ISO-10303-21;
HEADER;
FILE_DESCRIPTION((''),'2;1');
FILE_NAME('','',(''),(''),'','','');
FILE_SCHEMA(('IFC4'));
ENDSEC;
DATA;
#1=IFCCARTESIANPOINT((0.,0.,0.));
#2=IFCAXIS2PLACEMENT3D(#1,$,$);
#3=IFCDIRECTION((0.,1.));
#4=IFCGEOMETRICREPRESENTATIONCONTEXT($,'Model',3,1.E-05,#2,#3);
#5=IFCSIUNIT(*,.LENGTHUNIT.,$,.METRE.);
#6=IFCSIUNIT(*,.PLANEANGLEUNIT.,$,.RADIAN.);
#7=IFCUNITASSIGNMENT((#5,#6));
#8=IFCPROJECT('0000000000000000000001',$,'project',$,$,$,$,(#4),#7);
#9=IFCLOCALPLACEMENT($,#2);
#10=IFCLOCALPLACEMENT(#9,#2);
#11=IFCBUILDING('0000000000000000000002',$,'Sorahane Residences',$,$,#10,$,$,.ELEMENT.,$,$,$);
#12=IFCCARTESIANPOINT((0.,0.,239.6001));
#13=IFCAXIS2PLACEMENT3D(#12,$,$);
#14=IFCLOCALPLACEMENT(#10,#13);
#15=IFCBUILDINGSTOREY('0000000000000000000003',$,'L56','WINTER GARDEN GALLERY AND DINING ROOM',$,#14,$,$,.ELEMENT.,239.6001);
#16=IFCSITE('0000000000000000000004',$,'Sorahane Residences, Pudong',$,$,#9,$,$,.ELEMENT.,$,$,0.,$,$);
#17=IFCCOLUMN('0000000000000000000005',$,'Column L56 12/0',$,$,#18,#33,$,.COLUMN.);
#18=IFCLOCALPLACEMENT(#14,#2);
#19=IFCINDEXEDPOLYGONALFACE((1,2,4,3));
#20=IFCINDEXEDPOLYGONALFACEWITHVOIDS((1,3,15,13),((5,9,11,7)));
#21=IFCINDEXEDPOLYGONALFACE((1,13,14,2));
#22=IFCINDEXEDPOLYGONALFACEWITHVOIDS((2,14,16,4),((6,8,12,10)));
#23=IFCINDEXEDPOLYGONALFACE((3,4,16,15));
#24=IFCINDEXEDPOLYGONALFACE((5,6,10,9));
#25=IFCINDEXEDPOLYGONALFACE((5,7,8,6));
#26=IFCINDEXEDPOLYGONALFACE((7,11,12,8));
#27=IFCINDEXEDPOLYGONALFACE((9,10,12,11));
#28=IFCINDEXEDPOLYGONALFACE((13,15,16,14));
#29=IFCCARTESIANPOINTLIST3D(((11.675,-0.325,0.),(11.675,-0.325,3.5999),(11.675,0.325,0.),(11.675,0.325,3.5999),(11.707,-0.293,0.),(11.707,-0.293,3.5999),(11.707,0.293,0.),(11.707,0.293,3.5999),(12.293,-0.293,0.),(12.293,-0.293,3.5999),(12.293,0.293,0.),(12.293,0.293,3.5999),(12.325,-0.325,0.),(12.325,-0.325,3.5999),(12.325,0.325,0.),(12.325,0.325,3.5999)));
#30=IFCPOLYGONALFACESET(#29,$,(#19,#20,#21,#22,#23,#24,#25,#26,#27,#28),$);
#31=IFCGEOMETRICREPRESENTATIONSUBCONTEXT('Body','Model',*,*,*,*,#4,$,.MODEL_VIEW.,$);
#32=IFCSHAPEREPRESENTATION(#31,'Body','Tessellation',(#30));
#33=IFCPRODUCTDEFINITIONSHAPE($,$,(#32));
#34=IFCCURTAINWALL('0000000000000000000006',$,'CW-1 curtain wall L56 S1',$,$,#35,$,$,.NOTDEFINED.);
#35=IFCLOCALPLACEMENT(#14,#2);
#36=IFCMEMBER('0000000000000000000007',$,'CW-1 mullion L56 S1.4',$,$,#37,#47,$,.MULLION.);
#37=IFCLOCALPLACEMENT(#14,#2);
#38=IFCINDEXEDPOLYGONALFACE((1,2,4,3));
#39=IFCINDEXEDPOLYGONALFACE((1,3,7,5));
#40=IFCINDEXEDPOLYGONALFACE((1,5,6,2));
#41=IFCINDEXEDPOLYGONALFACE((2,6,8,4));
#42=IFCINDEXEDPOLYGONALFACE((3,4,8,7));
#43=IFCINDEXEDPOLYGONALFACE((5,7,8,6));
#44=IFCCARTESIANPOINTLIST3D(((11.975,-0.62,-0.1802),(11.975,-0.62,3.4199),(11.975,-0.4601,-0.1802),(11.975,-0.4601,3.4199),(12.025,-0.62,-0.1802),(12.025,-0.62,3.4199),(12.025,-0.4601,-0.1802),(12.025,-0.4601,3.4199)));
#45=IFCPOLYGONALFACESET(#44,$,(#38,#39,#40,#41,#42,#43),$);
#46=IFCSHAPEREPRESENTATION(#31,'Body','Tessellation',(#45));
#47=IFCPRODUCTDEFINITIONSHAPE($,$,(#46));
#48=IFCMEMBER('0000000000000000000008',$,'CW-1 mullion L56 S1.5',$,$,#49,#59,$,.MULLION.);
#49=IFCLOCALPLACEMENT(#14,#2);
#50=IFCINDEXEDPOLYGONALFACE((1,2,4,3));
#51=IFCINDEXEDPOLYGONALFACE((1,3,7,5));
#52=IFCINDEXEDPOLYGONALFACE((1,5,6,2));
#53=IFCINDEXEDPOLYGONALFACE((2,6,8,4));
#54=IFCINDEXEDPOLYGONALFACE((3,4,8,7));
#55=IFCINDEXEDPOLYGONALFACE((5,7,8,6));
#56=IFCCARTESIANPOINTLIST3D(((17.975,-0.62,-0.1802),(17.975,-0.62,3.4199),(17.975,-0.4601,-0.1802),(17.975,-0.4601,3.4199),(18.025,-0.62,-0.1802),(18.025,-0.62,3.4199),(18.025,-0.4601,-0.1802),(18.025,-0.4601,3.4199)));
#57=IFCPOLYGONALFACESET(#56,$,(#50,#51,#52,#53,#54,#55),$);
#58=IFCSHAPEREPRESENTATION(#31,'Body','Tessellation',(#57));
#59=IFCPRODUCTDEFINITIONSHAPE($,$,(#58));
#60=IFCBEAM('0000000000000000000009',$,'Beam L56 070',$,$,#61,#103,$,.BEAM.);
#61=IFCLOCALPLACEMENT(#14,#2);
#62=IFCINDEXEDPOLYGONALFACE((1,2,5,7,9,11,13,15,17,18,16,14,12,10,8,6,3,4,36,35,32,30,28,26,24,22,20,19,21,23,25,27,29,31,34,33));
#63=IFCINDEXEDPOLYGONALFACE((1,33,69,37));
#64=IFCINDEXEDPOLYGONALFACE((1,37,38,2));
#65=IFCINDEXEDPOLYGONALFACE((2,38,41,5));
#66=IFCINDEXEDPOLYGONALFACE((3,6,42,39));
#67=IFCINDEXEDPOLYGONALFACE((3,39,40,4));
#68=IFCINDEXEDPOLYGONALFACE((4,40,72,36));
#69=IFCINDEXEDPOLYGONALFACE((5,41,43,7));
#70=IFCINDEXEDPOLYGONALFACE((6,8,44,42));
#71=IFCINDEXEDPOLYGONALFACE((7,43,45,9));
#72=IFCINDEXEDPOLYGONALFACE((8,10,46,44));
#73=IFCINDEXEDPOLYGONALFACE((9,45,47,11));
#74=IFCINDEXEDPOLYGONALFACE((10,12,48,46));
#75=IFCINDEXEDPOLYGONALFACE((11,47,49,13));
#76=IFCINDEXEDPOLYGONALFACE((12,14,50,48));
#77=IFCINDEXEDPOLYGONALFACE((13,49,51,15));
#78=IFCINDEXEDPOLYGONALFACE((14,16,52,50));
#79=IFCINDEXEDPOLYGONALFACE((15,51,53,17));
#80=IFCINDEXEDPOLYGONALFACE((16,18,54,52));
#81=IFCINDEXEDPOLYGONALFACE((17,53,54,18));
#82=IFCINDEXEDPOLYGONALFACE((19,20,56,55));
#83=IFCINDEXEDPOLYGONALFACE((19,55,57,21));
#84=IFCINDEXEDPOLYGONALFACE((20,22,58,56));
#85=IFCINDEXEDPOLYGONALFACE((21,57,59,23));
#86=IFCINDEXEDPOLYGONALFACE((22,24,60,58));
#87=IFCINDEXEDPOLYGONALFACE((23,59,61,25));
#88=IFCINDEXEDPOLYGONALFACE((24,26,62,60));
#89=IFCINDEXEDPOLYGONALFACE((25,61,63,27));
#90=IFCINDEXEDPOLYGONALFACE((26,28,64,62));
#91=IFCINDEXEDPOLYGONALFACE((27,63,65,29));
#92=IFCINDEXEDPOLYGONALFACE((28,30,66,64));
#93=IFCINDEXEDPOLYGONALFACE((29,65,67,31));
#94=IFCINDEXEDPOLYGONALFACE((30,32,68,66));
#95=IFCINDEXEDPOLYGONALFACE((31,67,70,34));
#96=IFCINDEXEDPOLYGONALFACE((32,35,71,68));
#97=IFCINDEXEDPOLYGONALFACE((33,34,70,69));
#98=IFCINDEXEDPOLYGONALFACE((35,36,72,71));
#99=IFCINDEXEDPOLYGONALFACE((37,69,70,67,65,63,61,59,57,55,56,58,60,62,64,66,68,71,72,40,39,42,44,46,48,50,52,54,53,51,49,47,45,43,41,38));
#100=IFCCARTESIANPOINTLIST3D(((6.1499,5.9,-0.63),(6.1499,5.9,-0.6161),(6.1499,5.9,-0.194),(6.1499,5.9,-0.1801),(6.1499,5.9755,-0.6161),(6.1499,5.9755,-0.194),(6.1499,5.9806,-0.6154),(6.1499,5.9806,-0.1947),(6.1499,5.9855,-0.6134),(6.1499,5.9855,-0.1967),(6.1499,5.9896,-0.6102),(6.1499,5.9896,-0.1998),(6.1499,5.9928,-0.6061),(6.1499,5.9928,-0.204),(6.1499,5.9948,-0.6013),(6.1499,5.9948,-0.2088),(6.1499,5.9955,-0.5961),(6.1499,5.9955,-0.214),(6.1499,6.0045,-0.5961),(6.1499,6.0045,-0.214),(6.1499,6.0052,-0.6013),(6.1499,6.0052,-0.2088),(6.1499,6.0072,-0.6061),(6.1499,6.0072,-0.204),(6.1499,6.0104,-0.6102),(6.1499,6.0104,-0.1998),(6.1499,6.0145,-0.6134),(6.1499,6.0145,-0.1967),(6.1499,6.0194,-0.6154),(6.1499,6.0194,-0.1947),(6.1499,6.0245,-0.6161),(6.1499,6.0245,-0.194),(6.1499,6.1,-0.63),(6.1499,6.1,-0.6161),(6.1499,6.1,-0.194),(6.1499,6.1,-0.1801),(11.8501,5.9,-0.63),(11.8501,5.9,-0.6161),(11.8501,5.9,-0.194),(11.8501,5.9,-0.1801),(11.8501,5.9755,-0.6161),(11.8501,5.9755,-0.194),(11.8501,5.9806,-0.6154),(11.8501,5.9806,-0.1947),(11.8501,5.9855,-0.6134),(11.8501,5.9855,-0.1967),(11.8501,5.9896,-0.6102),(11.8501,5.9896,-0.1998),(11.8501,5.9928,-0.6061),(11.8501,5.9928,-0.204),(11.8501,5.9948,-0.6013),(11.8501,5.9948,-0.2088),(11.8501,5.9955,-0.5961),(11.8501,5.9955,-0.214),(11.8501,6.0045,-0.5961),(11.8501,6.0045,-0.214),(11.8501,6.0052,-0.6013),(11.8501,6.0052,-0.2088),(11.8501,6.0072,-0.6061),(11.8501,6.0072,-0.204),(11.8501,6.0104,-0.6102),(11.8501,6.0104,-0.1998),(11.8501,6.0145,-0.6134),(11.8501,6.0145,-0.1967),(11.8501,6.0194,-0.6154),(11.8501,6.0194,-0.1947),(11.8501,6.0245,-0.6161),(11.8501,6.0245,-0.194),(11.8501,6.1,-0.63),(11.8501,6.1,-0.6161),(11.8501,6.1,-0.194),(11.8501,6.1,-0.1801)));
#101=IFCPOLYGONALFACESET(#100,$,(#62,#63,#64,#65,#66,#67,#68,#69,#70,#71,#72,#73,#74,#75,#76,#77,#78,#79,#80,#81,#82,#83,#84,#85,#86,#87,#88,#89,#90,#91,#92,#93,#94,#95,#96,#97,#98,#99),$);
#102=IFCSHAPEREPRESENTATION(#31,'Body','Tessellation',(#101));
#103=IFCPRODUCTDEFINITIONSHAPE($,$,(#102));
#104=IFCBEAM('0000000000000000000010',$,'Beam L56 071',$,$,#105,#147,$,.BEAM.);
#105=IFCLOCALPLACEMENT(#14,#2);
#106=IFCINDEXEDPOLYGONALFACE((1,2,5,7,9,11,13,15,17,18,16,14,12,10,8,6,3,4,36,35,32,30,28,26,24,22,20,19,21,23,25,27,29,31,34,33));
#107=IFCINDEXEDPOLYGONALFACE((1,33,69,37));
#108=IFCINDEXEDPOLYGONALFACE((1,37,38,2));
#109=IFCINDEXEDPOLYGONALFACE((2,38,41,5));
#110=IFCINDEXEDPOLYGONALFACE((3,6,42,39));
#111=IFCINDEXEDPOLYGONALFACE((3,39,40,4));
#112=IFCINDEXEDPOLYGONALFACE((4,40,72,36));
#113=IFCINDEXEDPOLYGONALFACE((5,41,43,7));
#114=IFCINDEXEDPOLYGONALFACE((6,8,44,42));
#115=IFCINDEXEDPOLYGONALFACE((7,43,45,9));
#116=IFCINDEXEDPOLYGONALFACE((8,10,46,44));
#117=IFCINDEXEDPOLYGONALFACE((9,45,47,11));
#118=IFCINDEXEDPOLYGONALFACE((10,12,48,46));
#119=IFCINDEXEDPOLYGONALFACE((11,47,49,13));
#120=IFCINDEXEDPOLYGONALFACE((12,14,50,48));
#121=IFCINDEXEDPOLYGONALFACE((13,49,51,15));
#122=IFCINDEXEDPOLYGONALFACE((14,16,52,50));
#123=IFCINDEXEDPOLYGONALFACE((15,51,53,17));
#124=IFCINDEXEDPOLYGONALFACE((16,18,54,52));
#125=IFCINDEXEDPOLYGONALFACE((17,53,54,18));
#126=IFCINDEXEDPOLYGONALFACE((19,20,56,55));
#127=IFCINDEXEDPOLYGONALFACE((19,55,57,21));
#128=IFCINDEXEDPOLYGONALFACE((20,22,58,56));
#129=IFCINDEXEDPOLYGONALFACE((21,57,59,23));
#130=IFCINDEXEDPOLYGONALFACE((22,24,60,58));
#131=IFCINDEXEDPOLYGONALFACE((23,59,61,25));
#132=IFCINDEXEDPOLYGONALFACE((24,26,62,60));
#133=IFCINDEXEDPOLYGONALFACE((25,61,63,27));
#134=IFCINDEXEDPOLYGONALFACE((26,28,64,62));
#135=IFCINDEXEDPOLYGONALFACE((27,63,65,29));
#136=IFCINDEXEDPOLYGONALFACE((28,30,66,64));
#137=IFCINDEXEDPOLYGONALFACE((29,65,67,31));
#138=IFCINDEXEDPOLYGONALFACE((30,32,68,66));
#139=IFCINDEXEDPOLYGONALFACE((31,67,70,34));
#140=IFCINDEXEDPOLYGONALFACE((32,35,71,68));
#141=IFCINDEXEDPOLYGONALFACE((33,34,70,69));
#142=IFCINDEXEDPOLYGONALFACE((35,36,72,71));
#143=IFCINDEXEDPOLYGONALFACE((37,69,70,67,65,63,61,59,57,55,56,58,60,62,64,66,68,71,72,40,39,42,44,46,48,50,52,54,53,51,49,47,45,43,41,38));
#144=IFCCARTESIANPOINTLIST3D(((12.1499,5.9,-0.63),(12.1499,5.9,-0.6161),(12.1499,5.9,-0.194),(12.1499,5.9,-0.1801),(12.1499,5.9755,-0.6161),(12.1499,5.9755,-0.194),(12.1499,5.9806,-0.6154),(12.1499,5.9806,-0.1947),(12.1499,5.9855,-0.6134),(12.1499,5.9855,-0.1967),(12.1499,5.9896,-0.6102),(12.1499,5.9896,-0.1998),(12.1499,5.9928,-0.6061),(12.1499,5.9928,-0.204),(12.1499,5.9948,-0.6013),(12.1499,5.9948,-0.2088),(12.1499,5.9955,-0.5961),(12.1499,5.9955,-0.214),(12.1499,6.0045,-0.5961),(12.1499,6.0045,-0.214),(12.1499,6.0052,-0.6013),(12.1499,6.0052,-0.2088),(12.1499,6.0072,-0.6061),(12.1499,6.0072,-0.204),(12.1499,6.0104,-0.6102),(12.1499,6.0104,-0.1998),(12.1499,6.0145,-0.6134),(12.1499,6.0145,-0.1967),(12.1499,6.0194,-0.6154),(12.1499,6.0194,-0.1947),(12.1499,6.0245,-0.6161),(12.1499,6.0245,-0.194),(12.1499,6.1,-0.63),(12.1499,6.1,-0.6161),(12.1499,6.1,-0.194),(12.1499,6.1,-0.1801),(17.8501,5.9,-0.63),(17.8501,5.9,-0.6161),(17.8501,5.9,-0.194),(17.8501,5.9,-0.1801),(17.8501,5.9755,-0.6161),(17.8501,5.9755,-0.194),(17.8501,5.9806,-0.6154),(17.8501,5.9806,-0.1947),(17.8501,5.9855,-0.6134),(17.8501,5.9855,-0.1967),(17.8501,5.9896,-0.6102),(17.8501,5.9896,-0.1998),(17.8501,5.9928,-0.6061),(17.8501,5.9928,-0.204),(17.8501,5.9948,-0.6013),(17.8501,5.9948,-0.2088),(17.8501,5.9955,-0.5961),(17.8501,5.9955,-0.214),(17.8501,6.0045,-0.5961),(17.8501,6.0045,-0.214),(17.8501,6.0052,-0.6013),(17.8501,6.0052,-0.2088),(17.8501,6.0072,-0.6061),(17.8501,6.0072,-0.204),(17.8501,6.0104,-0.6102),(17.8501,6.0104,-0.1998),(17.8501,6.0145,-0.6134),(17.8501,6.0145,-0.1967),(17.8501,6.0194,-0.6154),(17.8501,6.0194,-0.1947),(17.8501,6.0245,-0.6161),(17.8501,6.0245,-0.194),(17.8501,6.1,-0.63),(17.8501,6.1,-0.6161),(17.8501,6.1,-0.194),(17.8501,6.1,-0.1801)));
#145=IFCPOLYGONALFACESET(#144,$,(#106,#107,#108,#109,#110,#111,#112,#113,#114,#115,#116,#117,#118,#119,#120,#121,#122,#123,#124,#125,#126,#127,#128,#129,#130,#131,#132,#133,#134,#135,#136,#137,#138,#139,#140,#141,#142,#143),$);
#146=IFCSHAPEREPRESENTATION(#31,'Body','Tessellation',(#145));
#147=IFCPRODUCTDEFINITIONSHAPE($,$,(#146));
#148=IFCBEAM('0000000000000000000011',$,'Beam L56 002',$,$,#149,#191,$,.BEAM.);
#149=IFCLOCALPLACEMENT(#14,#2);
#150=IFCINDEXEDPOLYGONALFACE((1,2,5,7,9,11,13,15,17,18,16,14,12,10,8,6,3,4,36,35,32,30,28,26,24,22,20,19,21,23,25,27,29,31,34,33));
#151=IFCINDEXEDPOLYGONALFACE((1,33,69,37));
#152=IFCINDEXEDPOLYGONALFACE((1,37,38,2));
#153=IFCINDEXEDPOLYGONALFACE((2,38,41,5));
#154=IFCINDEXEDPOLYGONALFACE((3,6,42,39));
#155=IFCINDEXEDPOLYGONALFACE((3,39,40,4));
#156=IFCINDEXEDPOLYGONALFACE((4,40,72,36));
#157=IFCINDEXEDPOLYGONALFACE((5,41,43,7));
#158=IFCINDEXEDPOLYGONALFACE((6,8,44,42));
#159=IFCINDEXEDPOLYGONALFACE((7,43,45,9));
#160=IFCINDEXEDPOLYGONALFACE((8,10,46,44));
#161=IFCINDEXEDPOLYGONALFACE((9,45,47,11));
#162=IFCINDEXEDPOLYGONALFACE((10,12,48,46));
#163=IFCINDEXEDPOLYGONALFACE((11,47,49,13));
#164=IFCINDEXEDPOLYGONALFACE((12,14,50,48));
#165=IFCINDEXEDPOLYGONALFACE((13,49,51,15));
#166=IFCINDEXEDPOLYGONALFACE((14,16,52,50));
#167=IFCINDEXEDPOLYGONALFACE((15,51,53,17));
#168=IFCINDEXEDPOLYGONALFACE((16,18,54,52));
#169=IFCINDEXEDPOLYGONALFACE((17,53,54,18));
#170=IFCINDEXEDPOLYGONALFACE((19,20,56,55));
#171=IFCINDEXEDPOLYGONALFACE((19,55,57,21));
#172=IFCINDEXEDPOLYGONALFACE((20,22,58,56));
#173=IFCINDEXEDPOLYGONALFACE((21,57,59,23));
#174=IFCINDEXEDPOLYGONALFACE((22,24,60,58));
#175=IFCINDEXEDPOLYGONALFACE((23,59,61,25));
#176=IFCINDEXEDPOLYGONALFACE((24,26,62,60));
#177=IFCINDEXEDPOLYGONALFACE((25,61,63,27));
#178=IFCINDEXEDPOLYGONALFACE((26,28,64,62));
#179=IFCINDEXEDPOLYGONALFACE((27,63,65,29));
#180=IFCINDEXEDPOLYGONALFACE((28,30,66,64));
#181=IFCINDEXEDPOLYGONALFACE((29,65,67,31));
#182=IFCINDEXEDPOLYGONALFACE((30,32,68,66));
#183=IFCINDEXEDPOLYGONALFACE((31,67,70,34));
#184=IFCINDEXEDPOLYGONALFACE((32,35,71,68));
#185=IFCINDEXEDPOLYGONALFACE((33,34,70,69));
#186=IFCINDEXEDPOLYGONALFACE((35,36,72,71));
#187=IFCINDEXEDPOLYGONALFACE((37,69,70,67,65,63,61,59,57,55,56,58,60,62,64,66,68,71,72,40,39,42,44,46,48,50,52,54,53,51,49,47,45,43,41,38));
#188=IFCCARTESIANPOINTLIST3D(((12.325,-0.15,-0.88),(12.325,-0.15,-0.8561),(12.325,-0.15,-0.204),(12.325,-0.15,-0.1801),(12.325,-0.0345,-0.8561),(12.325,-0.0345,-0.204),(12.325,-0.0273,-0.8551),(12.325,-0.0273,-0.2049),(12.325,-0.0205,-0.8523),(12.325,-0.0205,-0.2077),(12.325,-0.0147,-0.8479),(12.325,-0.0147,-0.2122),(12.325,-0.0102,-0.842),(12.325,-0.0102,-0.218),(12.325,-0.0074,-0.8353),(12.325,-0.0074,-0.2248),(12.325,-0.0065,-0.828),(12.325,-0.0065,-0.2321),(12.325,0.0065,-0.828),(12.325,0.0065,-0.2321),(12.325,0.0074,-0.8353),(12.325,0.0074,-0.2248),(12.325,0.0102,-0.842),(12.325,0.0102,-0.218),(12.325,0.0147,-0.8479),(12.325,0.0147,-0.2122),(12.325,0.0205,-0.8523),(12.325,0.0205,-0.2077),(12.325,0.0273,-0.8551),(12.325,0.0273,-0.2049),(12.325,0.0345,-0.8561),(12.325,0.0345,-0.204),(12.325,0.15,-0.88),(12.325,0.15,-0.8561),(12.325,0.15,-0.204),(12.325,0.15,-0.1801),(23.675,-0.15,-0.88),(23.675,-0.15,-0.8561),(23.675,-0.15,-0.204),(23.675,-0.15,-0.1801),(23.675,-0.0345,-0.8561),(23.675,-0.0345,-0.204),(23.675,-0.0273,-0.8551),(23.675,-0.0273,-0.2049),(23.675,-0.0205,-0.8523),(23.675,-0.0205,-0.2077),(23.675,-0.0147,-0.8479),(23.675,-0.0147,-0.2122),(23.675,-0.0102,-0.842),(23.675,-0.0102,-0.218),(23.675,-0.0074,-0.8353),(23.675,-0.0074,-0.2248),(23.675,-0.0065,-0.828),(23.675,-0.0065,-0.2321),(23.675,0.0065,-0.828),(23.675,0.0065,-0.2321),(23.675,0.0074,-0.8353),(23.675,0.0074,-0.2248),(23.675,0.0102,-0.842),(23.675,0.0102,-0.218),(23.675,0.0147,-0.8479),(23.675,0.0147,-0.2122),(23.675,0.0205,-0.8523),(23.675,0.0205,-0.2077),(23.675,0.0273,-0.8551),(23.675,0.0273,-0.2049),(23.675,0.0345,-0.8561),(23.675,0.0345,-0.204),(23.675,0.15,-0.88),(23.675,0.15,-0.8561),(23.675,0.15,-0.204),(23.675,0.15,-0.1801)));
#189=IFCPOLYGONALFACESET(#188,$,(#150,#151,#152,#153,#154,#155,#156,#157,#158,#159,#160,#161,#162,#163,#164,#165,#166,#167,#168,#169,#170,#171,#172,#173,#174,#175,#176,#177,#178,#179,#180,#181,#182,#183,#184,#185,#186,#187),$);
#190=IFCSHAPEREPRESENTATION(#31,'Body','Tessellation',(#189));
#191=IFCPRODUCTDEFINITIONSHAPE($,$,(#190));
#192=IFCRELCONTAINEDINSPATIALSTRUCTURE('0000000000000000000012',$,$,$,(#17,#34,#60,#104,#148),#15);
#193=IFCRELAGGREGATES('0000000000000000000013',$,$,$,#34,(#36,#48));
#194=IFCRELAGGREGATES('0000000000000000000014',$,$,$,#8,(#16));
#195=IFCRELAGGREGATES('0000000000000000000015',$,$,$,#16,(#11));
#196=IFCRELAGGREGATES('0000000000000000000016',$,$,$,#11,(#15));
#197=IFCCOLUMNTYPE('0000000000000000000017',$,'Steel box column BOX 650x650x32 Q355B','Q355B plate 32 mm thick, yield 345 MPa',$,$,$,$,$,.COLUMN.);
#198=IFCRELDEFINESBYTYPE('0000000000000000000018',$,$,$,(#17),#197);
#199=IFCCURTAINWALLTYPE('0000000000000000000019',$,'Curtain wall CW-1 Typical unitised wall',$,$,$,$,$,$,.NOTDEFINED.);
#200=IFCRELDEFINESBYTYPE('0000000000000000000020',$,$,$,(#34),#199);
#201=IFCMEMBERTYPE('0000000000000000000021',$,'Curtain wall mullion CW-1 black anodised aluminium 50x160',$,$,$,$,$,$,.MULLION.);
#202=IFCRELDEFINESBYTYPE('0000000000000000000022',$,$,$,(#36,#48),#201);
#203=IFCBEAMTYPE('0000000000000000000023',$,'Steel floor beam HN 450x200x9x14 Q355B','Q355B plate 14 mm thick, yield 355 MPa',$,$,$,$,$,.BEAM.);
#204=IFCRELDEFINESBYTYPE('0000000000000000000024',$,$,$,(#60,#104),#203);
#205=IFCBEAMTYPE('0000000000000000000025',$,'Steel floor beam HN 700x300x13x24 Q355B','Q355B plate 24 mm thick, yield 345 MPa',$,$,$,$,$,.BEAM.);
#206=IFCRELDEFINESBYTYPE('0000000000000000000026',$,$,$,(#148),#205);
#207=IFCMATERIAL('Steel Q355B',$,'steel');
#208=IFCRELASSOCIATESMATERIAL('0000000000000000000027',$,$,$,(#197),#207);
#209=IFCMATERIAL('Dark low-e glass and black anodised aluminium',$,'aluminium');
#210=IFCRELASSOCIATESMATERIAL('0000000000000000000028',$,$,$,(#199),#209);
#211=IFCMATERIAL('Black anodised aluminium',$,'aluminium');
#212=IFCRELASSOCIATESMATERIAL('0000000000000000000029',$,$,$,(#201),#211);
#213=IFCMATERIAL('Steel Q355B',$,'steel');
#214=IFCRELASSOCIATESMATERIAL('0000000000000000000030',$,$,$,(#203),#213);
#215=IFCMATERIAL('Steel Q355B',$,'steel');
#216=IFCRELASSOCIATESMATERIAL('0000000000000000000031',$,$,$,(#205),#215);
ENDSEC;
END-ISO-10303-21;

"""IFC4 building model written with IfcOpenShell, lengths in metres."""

from ifc_helpers import new_model, si_unit, direction, frame, origin, origin_2d, place, context, subcontext, project, spatial, rectangle, hollow_rectangle, i_section, extrude, material, material_profile, profile_set, type_object, element, aggregate, save


model = new_model("IFC4")

# Units and contexts
model_context = context("Model", 3, precision=1e-05, world=origin(), true_north=direction((0.0, 1.0)))
body_context = subcontext(model_context, "Body", "Model", "MODEL_VIEW")
ifc_project = project(units=[si_unit("LENGTHUNIT", "METRE"), si_unit("PLANEANGLEUNIT", "RADIAN")], contexts=[model_context])

# Site, building, storey
site_placement = place(None, origin())
site = spatial("IfcSite", under=ifc_project, at=site_placement, Name="Sorahane Residences, Pudong", CompositionType="ELEMENT", RefElevation=0.0)
building_placement = place(site_placement, origin())
building = spatial("IfcBuilding", under=site, at=building_placement, Name="Sorahane Residences", CompositionType="ELEMENT")
storey_placement = place(building_placement, frame((0.0, 0.0, 239.6001)))
storey = spatial("IfcBuildingStorey", under=building, at=storey_placement, Name="L56", Description="WINTER GARDEN GALLERY AND DINING ROOM", CompositionType="ELEMENT", Elevation=239.6001)

# Column
ifc_material_1 = material(Name="Steel Q355B", Category="steel")
ifc_material_profile_1 = material_profile(ifc_material_1, hollow_rectangle(XDim=0.6499, YDim=0.6499, WallThickness=0.032, at=origin_2d()), Name="BOX 650x650x32")
ifc_profile_set_1 = profile_set([ifc_material_profile_1], Name="Steel Q355B")
column_type = type_object("IfcColumnType", Name="Steel box column BOX 650x650x32 Q355B", Description="Q355B plate 32 mm thick, yield 345 MPa", PredefinedType="COLUMN", material=ifc_profile_set_1)
column_placement = place(storey_placement, frame((12.0, 0.0, 0.0), z_axis=(0.0, 0.0, 1.0), x_axis=(1.0, 0.0, 0.0)))
element("IfcColumn", 1, at=column_placement, inside=storey, type_object=column_type, Name="Column L56 12/0", PredefinedType="COLUMN", context=body_context, shape_type="SweptSolid", body=[
    extrude(hollow_rectangle(XDim=0.6499, YDim=0.6499, WallThickness=0.032, at=origin_2d()), origin(), (0.0, 0.0, 1.0), 3.5999),
])

# Curtain wall, members
ifc_material_2 = material(Name="Dark low-e glass and black anodised aluminium", Category="aluminium")
curtain_wall_type = type_object("IfcCurtainWallType", Name="Curtain wall CW-1 Typical unitised wall", PredefinedType="NOTDEFINED", material=ifc_material_2)
curtain_wall_placement = place(storey_placement, origin())
curtain_wall = element("IfcCurtainWall", 2, at=curtain_wall_placement, inside=storey, type_object=curtain_wall_type, Name="CW-1 curtain wall L56 S1", PredefinedType="NOTDEFINED")
ifc_material_3 = material(Name="Black anodised aluminium", Category="aluminium")
ifc_material_profile_2 = material_profile(ifc_material_3, rectangle(XDim=0.1599, YDim=0.05, at=origin_2d()), Name="Curtain wall mullion CW-1 black anodised aluminium 50x160")
ifc_profile_set_2 = profile_set([ifc_material_profile_2], Name="Black anodised aluminium")
member_type = type_object("IfcMemberType", Name="Curtain wall mullion CW-1 black anodised aluminium 50x160", PredefinedType="MULLION", material=ifc_profile_set_2)
member_1_placement = place(storey_placement, frame((12.0, -0.54, -0.1802), z_axis=(0.0, 0.0, 1.0), x_axis=(0.0, -1.0, 0.0)))
member_1 = element("IfcMember", 3, at=member_1_placement, type_object=member_type, Name="CW-1 mullion L56 S1.4", PredefinedType="MULLION", context=body_context, shape_type="SweptSolid", body=[
    extrude(rectangle(XDim=0.1599, YDim=0.05, at=origin_2d()), origin(), (0.0, 0.0, 1.0), 3.6001),
])
member_2_placement = place(storey_placement, frame((18.0, -0.54, -0.1802), z_axis=(0.0, 0.0, 1.0), x_axis=(0.0, -1.0, 0.0)))
member_2 = element("IfcMember", 4, at=member_2_placement, type_object=member_type, Name="CW-1 mullion L56 S1.5", PredefinedType="MULLION", context=body_context, shape_type="SweptSolid", body=[
    extrude(rectangle(XDim=0.1599, YDim=0.05, at=origin_2d()), origin(), (0.0, 0.0, 1.0), 3.6001),
])

# Beams
ifc_material_4 = material(Name="Steel Q355B", Category="steel")
ifc_material_profile_3 = material_profile(ifc_material_4, i_section(OverallWidth=0.2, OverallDepth=0.45, WebThickness=0.009, FlangeThickness=0.0139, FilletRadius=0.02, at=origin_2d()), Name="HN 450x200x9x14")
ifc_profile_set_3 = profile_set([ifc_material_profile_3], Name="Steel Q355B")
beam_type_1 = type_object("IfcBeamType", Name="Steel floor beam HN 450x200x9x14 Q355B", Description="Q355B plate 14 mm thick, yield 355 MPa", PredefinedType="BEAM", material=ifc_profile_set_3)
for number, where, z_axis, x_axis, name in (
    (5, (6.1499, 6.0, -0.405), (1.0, 0.0, 0.0), (0.0, 1.0, 0.0), "Beam L56 070"),
    (6, (12.1499, 6.0, -0.405), (1.0, 0.0, 0.0), (0.0, 1.0, 0.0), "Beam L56 071"),
):
    element("IfcBeam", number, at=place(storey_placement, frame(where, z_axis=z_axis, x_axis=x_axis)), inside=storey, type_object=beam_type_1, Name=name, PredefinedType="BEAM", context=body_context, shape_type="SweptSolid", body=[
        extrude(i_section(OverallWidth=0.2, OverallDepth=0.45, WebThickness=0.009, FlangeThickness=0.0139, FilletRadius=0.02, at=origin_2d()), origin(), (0.0, 0.0, 1.0), 5.7002),
    ])
ifc_material_5 = material(Name="Steel Q355B", Category="steel")
ifc_material_profile_4 = material_profile(ifc_material_5, i_section(OverallWidth=0.3, OverallDepth=0.7, WebThickness=0.0129, FlangeThickness=0.0239, FilletRadius=0.0281, at=origin_2d()), Name="HN 700x300x13x24")
ifc_profile_set_4 = profile_set([ifc_material_profile_4], Name="Steel Q355B")
beam_type_2 = type_object("IfcBeamType", Name="Steel floor beam HN 700x300x13x24 Q355B", Description="Q355B plate 24 mm thick, yield 345 MPa", PredefinedType="BEAM", material=ifc_profile_set_4)
beam_1_placement = place(storey_placement, frame((12.325, 0.0, -0.53), z_axis=(1.0, 0.0, 0.0), x_axis=(0.0, 1.0, 0.0)))
element("IfcBeam", 7, at=beam_1_placement, inside=storey, type_object=beam_type_2, Name="Beam L56 002", PredefinedType="BEAM", context=body_context, shape_type="SweptSolid", body=[
    extrude(i_section(OverallWidth=0.3, OverallDepth=0.7, WebThickness=0.0129, FlangeThickness=0.0239, FilletRadius=0.0281, at=origin_2d()), origin(), (0.0, 0.0, 1.0), 11.3501),
])

aggregate(curtain_wall, [member_1, member_2])

save(model, "model.ifc")
